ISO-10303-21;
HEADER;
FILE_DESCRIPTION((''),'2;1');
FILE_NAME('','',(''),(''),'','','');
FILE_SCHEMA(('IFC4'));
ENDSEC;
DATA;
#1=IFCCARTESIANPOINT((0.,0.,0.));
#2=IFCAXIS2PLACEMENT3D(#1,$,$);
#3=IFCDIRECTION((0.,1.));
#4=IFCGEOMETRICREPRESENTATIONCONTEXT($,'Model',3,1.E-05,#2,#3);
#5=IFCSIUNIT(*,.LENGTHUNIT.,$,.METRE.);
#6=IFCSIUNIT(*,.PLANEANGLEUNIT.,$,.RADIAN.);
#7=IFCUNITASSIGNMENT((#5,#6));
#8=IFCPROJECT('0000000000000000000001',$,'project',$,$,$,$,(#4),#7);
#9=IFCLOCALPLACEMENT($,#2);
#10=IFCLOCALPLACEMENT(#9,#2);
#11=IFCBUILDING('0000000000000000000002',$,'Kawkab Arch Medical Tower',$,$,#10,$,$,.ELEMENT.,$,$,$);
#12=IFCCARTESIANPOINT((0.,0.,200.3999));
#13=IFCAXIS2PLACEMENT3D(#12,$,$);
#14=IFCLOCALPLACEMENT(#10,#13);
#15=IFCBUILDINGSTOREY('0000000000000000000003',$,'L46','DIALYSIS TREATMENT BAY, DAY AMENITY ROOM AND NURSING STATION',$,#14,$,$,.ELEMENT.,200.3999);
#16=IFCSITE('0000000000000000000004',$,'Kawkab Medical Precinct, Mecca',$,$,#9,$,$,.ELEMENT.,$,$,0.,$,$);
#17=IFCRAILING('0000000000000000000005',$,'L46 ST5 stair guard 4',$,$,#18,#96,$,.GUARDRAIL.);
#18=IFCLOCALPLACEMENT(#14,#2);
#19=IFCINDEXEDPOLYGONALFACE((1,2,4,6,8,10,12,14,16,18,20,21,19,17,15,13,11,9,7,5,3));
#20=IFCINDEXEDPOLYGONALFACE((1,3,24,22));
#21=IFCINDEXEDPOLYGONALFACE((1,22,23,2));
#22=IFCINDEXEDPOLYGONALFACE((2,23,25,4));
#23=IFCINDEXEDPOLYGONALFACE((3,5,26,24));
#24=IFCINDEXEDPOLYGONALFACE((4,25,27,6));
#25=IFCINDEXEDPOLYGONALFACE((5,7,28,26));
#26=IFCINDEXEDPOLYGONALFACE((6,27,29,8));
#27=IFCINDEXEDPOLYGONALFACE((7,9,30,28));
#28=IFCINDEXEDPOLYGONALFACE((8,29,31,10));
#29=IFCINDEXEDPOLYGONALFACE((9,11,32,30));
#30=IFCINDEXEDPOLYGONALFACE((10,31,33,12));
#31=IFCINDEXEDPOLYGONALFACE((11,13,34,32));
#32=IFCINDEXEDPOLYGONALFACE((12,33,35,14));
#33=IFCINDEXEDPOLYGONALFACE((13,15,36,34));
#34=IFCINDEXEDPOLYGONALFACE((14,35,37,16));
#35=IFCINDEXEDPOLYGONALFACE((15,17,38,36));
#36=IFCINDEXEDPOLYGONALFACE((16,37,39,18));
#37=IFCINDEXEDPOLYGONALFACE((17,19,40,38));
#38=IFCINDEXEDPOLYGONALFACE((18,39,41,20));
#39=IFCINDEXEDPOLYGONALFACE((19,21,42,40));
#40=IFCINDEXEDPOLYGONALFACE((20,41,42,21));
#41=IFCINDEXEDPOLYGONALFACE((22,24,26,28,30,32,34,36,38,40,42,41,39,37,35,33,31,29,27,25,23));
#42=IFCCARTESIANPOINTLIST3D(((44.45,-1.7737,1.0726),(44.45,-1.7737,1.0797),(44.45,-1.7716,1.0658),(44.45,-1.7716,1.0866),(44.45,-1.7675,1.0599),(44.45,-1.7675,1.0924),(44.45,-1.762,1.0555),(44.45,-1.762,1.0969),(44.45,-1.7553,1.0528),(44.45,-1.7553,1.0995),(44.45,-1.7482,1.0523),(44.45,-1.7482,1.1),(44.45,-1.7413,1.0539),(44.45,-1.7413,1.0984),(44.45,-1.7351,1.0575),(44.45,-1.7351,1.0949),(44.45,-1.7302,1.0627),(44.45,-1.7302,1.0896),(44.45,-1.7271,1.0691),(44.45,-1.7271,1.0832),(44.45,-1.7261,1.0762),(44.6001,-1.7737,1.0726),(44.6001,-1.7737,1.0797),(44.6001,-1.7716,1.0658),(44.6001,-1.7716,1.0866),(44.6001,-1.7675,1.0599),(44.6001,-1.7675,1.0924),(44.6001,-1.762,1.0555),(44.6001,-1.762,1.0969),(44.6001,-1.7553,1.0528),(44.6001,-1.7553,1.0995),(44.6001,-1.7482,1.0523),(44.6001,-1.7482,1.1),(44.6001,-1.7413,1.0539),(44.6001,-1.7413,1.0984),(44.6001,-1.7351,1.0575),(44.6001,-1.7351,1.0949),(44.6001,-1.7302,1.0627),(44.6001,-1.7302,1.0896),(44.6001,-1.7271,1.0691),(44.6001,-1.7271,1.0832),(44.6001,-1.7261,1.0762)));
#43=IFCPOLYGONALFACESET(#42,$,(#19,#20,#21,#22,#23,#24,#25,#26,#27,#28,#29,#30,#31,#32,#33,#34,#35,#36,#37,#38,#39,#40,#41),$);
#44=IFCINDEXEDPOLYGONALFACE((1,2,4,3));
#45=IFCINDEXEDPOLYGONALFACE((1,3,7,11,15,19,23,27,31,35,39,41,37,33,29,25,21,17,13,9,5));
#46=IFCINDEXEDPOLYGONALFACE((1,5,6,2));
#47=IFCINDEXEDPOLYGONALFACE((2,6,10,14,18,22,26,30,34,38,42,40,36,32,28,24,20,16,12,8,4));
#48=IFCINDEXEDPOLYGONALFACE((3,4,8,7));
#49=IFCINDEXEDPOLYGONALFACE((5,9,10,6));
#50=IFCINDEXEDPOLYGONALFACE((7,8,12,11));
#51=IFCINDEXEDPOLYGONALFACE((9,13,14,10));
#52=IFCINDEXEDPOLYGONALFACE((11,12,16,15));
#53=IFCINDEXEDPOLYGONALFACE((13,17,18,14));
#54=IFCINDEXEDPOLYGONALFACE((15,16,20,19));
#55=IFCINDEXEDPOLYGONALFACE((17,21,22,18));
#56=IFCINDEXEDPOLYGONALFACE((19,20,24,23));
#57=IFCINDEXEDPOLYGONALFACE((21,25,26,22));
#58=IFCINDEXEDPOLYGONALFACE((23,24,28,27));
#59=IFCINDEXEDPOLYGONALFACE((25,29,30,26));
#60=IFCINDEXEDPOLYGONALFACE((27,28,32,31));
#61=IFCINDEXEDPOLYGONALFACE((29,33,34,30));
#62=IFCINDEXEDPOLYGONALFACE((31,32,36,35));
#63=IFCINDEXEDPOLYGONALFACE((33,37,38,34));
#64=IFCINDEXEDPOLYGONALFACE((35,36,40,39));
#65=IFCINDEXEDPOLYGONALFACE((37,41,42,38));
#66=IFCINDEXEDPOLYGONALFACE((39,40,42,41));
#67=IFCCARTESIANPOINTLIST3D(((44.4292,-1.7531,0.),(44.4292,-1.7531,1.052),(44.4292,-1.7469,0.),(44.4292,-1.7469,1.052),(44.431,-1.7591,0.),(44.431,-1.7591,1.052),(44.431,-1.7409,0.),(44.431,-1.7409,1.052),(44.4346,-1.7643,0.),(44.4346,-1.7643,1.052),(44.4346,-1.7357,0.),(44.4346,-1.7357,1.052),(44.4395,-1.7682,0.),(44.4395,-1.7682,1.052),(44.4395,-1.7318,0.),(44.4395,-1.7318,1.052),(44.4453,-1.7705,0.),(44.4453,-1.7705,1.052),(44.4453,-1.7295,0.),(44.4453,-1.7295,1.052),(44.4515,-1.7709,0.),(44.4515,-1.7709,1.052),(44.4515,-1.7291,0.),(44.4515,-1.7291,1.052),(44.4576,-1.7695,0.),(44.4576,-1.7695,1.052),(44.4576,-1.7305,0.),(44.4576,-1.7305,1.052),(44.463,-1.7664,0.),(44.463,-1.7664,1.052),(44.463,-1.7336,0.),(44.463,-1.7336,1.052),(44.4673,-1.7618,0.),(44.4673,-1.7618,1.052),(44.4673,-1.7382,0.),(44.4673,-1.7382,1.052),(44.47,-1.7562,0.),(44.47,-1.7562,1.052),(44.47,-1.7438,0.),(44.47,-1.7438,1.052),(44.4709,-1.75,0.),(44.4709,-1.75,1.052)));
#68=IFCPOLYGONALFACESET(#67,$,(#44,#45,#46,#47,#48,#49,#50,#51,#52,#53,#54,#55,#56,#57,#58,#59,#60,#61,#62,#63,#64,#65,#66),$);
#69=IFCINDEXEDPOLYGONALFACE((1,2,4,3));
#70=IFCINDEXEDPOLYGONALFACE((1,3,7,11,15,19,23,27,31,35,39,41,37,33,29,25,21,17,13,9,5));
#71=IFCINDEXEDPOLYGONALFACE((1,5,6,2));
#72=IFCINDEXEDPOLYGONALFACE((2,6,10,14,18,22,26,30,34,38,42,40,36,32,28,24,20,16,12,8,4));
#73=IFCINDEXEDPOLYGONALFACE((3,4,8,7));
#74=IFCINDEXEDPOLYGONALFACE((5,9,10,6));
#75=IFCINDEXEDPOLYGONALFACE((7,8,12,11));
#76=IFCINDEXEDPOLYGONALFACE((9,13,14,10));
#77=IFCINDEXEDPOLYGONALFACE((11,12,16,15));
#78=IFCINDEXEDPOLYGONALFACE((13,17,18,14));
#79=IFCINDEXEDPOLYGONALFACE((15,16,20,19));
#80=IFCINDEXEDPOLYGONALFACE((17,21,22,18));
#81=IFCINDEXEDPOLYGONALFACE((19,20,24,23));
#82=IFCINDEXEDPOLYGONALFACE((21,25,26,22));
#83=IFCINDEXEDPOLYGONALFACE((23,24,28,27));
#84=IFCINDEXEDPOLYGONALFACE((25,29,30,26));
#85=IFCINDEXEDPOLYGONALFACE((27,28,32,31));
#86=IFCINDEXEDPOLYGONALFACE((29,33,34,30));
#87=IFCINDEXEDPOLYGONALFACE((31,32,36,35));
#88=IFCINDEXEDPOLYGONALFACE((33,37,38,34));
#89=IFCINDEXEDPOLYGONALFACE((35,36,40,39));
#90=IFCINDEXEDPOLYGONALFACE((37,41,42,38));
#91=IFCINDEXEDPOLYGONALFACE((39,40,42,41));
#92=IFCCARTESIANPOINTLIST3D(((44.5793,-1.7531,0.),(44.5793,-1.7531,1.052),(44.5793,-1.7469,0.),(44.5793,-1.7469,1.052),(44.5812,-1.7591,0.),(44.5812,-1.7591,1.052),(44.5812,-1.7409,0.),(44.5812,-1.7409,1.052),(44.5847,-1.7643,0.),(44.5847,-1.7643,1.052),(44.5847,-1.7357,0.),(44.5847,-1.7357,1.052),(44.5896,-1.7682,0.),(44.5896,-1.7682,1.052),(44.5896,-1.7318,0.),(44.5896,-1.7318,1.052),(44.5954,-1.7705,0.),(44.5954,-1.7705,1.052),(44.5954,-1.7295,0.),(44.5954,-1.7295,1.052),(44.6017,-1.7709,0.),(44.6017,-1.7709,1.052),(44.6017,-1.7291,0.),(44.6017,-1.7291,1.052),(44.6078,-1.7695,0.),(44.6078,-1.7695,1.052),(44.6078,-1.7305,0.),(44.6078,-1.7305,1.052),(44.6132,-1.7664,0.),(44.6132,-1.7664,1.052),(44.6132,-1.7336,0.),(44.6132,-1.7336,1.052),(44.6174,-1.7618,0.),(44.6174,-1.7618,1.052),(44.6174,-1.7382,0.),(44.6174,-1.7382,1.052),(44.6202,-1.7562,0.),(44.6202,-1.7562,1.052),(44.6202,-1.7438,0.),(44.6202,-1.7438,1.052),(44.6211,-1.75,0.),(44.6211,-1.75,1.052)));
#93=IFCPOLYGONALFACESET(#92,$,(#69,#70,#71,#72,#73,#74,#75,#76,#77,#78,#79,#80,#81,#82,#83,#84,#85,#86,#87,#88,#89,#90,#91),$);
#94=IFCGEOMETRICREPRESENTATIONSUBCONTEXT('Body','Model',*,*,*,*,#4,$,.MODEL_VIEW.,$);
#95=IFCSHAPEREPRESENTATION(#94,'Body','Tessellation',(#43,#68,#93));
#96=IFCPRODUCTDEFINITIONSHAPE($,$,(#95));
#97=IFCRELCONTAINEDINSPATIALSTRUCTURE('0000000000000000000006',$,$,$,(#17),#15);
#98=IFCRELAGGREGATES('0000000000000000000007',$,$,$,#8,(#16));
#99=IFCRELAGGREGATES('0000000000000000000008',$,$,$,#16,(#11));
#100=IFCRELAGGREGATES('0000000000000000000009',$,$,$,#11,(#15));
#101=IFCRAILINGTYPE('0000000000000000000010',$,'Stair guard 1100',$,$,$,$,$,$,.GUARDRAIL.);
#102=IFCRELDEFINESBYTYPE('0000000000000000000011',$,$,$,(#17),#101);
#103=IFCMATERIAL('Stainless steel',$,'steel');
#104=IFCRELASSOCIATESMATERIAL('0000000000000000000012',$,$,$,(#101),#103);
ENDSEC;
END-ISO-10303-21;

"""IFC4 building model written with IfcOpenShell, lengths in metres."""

from ifc_helpers import new_model, si_unit, direction, frame, origin, origin_2d, place, context, subcontext, project, spatial, circle, extrude, material, type_object, element, save


model = new_model("IFC4")

# Units and contexts
model_context = context("Model", 3, precision=1e-05, world=origin(), true_north=direction((0.0, 1.0)))
body_context = subcontext(model_context, "Body", "Model", "MODEL_VIEW")
ifc_project = project(units=[si_unit("LENGTHUNIT", "METRE"), si_unit("PLANEANGLEUNIT", "RADIAN")], contexts=[model_context])

# Site, building, storey
site_placement = place(None, origin())
site = spatial("IfcSite", under=ifc_project, at=site_placement, Name="Kawkab Medical Precinct, Mecca", CompositionType="ELEMENT", RefElevation=0.0)
building_placement = place(site_placement, origin())
building = spatial("IfcBuilding", under=site, at=building_placement, Name="Kawkab Arch Medical Tower", CompositionType="ELEMENT")
storey_placement = place(building_placement, frame((0.0, 0.0, 200.3999)))
storey = spatial("IfcBuildingStorey", under=building, at=storey_placement, Name="L46", Description="DIALYSIS TREATMENT BAY, DAY AMENITY ROOM AND NURSING STATION", CompositionType="ELEMENT", Elevation=200.3999)

# Railing
ifc_material_1 = material(Name="Stainless steel", Category="steel")
railing_type = type_object("IfcRailingType", Name="Stair guard 1100", PredefinedType="GUARDRAIL", material=ifc_material_1)
railing_1_placement = place(storey_placement, frame((44.45, -1.75, 0.0)))
element("IfcRailing", 1, at=railing_1_placement, inside=storey, type_object=railing_type, Name="L46 ST5 stair guard 4", PredefinedType="GUARDRAIL", context=body_context, shape_type="SweptSolid", body=[
    extrude(circle(Radius=0.0239, at=origin_2d()), frame((0.0, 0.0, 1.0762), z_axis=(1.0, 0.0, 0.0), x_axis=(0.0, 1.0, 0.0)), (0.0, 0.0, 1.0), 0.1501),
    extrude(circle(Radius=0.021, at=origin_2d()), origin(), (0.0, 0.0, 1.0), 1.052),
    extrude(circle(Radius=0.021, at=origin_2d()), frame((0.1501, 0.0, 0.0)), (0.0, 0.0, 1.0), 1.052),
])

save(model, "model.ifc")
